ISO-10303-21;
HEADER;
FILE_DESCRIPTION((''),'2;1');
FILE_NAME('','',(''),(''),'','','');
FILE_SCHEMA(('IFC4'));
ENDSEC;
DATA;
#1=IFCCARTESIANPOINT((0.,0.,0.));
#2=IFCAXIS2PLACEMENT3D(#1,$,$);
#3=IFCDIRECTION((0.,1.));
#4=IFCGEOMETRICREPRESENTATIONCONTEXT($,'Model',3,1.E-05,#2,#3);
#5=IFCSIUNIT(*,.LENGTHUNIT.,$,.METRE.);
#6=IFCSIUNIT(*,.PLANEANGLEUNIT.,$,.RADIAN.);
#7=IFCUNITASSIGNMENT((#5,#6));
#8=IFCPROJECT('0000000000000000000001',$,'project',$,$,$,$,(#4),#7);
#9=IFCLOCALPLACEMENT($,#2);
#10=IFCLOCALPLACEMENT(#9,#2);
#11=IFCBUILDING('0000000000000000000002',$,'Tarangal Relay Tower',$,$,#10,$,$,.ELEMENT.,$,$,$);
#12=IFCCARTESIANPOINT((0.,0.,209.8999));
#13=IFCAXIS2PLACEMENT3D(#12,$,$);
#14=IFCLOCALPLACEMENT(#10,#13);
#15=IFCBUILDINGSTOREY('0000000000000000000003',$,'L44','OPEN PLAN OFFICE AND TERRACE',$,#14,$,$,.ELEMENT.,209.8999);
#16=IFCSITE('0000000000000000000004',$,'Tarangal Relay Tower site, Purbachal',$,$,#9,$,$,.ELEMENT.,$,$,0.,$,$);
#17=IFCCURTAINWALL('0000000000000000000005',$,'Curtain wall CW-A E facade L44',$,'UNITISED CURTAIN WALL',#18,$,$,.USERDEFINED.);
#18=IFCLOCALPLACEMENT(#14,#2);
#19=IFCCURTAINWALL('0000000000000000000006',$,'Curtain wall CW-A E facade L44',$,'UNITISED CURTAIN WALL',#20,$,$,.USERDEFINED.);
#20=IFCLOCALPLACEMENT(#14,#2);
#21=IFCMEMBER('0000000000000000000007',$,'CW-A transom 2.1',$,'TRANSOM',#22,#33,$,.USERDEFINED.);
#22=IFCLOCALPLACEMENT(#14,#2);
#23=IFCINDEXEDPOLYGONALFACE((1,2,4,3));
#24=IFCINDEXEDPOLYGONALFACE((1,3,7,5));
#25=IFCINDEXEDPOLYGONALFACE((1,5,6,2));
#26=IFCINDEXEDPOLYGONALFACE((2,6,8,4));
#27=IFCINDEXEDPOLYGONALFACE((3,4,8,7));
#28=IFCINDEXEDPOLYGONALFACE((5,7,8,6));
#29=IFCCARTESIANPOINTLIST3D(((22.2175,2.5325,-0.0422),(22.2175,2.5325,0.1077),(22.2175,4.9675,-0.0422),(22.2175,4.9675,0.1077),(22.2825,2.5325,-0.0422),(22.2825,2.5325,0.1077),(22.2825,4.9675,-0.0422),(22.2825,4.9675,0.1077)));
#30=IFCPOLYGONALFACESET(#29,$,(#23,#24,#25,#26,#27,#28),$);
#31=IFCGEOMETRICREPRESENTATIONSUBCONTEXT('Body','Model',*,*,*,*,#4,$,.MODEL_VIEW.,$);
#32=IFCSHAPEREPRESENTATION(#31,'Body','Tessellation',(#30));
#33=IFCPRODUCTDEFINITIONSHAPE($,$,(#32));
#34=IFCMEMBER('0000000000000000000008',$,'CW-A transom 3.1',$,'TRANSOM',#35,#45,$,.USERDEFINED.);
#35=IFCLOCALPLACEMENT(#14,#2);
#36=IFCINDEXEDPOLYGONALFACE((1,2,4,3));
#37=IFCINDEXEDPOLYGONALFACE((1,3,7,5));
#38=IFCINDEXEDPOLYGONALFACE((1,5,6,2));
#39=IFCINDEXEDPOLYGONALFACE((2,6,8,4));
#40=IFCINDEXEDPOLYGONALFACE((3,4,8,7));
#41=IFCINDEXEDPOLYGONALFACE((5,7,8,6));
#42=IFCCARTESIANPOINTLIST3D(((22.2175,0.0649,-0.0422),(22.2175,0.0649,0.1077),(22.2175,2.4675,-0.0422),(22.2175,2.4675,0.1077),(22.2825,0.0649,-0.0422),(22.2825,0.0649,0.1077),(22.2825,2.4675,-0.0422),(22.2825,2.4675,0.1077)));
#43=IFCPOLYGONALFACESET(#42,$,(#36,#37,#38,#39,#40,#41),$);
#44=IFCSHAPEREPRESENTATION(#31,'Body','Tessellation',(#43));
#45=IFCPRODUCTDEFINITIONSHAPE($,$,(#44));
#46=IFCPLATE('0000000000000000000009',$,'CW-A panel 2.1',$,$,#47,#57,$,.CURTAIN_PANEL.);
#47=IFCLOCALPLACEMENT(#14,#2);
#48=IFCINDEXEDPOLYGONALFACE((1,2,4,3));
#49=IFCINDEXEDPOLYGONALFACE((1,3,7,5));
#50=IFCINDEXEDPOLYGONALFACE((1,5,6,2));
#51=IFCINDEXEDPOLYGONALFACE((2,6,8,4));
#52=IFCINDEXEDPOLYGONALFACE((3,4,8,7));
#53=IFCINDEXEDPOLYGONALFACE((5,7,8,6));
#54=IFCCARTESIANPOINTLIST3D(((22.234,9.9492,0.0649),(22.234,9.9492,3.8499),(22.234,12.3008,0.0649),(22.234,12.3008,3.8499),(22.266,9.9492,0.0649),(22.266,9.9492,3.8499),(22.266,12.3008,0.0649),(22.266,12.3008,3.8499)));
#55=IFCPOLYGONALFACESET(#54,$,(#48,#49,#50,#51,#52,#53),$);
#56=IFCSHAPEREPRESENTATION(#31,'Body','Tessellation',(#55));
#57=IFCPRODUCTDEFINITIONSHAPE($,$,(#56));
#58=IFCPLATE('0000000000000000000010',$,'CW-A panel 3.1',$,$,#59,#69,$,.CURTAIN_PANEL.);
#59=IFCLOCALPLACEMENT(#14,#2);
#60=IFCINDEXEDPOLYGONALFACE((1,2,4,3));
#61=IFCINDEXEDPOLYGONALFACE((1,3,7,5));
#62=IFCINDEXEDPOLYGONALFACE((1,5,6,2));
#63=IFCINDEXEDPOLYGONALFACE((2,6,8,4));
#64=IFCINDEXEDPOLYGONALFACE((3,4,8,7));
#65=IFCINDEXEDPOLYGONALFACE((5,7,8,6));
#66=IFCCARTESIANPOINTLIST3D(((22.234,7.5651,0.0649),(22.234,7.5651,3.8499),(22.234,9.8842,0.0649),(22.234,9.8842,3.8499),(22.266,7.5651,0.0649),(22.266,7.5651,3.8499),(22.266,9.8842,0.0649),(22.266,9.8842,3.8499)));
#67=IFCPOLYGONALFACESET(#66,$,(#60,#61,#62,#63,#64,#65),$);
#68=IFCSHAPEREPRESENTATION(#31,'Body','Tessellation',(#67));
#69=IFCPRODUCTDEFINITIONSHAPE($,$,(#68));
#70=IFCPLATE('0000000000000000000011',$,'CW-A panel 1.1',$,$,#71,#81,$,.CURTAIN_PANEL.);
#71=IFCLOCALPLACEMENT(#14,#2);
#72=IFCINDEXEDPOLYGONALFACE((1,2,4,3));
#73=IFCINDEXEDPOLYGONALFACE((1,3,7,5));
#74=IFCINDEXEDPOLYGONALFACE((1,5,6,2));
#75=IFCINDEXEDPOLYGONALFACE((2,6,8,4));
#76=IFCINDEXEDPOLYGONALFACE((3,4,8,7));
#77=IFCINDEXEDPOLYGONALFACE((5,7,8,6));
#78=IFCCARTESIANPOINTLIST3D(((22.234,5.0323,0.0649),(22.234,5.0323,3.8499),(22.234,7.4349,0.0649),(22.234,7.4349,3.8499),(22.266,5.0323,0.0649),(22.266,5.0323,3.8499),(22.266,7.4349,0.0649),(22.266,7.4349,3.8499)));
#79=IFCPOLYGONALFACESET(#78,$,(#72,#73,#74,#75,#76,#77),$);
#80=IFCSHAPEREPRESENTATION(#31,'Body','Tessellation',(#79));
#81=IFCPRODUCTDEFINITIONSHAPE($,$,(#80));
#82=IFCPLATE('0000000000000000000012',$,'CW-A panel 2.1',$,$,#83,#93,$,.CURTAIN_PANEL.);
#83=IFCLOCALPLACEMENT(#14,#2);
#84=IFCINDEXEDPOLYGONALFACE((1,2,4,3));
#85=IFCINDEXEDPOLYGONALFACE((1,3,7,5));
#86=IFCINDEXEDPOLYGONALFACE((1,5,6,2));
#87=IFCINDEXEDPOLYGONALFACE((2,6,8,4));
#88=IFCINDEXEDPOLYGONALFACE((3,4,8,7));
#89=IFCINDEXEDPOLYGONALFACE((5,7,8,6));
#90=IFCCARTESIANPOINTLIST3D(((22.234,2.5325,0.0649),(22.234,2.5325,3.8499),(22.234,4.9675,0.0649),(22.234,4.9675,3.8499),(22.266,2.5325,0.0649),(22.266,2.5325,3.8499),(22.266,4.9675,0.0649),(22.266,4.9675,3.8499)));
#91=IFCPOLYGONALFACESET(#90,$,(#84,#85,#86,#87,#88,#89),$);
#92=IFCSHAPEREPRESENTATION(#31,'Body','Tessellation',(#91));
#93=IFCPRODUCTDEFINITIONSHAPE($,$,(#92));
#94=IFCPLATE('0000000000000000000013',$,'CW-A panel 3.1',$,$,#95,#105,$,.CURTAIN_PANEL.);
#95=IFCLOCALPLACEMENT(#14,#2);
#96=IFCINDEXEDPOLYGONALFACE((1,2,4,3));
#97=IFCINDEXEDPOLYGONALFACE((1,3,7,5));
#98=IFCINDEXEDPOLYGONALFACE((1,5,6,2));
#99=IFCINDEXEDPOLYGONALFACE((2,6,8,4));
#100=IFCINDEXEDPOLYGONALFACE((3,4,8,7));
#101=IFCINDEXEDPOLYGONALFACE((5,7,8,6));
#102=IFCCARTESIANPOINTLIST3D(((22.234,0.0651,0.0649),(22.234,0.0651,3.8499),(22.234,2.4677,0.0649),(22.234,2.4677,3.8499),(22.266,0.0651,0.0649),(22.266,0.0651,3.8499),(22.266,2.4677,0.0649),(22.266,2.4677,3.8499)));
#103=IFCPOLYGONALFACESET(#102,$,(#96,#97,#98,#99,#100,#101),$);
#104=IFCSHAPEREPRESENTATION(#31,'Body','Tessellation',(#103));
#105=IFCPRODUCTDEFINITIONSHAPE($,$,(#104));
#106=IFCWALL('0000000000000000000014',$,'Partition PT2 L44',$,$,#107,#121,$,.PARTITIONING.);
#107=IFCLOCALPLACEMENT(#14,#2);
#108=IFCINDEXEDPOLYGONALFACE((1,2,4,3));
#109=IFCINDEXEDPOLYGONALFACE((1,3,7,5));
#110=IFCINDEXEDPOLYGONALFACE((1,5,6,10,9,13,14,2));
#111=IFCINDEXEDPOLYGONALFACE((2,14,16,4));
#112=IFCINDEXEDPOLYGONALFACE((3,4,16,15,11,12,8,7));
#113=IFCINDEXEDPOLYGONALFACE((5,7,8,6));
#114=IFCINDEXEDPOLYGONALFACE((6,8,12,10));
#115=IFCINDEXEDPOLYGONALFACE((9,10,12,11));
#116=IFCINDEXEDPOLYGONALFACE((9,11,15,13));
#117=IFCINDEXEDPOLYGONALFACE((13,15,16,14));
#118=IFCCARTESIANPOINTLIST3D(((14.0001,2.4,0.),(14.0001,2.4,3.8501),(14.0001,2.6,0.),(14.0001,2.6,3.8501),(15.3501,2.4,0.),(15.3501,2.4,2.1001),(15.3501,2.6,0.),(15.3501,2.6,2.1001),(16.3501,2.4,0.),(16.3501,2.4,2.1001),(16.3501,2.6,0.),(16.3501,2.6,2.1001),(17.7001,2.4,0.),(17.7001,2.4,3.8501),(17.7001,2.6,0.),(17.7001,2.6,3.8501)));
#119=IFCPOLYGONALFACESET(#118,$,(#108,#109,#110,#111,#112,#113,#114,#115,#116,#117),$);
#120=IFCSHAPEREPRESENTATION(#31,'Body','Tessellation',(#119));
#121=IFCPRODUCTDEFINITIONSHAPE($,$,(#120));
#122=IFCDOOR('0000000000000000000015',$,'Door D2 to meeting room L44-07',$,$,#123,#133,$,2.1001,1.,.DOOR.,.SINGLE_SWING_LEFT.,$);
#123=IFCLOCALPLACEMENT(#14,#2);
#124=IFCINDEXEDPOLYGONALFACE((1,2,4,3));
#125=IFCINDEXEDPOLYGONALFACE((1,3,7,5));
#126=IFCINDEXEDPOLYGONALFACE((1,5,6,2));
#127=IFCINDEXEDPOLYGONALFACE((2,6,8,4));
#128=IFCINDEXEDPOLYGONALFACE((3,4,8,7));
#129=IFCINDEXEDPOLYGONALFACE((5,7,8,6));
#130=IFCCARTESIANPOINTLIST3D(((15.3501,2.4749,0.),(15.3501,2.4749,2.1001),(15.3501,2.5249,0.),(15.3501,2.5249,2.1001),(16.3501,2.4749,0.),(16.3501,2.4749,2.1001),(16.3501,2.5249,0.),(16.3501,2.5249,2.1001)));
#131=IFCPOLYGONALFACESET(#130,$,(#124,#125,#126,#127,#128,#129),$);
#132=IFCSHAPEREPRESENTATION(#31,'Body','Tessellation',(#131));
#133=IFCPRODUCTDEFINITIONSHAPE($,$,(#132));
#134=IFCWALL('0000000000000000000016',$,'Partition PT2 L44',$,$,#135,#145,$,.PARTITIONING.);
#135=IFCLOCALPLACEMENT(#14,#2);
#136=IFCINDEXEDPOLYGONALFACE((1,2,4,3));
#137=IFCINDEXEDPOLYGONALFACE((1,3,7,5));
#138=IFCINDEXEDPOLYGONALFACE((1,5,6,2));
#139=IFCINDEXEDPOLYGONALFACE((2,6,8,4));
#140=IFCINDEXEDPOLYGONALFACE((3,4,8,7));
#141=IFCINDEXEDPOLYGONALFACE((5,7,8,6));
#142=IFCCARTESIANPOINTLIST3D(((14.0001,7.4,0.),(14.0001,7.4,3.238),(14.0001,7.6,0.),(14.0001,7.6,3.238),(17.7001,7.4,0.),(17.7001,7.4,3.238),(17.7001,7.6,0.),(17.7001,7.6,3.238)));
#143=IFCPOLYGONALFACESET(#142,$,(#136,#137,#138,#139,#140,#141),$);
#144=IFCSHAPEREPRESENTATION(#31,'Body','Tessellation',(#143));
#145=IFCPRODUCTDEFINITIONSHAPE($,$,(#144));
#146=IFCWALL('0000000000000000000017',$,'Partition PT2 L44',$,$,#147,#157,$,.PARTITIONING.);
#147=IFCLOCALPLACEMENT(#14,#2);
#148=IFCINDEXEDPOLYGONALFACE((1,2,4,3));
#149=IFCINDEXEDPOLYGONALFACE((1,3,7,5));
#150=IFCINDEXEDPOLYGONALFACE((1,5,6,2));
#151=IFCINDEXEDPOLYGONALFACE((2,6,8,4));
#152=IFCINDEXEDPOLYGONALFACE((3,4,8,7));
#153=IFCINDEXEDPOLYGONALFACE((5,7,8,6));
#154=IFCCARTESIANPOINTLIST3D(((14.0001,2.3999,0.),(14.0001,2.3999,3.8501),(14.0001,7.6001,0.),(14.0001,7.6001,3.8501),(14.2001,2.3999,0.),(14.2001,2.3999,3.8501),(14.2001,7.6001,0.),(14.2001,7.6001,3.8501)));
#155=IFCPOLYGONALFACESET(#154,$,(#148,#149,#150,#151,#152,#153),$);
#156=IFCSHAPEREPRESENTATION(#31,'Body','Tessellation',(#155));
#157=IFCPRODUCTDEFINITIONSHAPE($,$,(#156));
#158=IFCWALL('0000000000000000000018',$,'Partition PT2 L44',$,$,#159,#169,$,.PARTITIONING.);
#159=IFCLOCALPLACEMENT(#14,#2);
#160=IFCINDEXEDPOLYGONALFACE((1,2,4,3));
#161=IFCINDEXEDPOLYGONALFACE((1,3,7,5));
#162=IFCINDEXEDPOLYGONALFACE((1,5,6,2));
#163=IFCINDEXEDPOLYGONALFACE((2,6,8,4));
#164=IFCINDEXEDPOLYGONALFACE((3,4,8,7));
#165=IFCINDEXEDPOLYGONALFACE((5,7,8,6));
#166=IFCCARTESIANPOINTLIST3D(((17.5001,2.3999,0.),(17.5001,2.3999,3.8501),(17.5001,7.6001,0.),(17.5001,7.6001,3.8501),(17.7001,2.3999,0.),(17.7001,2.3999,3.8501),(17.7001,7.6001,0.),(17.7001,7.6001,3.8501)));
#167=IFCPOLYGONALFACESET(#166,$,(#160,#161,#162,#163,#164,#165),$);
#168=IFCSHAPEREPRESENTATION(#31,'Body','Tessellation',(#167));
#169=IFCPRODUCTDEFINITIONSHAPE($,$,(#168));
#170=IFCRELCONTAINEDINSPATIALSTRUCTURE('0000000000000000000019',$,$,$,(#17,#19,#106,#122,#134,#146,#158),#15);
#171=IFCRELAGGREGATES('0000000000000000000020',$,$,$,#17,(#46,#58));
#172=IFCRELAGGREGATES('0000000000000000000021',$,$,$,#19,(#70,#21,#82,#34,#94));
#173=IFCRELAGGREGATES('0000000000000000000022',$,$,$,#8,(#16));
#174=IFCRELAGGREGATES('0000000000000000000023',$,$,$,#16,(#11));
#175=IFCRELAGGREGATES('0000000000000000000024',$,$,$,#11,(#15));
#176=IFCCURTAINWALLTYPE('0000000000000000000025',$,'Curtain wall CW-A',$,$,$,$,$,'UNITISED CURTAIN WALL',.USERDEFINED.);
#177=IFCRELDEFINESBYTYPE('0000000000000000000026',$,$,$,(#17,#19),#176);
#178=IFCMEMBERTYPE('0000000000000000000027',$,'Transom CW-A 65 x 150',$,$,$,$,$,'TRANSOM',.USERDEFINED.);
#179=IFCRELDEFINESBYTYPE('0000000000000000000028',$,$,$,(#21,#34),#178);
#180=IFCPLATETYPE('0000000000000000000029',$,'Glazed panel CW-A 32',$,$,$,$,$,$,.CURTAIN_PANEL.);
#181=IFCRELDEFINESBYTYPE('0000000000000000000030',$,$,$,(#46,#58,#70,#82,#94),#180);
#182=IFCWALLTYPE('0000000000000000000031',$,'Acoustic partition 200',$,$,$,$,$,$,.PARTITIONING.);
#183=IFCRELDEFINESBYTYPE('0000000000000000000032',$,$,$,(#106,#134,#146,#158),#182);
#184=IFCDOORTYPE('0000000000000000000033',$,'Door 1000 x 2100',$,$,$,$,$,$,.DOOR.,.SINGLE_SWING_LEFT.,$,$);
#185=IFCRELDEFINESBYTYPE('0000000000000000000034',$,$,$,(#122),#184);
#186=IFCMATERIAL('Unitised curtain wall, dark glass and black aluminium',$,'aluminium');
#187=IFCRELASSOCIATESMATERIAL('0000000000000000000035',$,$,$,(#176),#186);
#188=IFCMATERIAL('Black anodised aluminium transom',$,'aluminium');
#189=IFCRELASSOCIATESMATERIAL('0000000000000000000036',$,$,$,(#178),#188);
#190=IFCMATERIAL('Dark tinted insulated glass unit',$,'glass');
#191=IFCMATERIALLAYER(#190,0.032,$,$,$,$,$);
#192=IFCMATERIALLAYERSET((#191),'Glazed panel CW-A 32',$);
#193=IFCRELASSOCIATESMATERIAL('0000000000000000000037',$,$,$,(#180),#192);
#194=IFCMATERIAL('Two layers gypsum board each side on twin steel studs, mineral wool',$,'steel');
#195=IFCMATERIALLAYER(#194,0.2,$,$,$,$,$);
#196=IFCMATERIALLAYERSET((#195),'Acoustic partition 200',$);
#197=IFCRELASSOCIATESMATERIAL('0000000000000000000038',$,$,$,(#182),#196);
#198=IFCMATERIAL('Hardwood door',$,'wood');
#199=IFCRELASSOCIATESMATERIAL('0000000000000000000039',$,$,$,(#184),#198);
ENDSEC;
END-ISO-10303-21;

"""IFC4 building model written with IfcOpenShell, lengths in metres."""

from ifc_helpers import new_model, si_unit, direction, frame, frame_2d, origin, origin_2d, place, context, subcontext, project, spatial, rectangle, extrude, material, layer, layer_set, material_profile, profile_set, type_object, element, fill, aggregate, save


model = new_model("IFC4")

# Units and contexts
model_context = context("Model", 3, precision=1e-05, world=origin(), true_north=direction((0.0, 1.0)))
body_context = subcontext(model_context, "Body", "Model", "MODEL_VIEW")
ifc_project = project(units=[si_unit("LENGTHUNIT", "METRE"), si_unit("PLANEANGLEUNIT", "RADIAN")], contexts=[model_context])

# Site, building, storey
site_placement = place(None, origin())
site = spatial("IfcSite", under=ifc_project, at=site_placement, Name="Tarangal Relay Tower site, Purbachal", CompositionType="ELEMENT", RefElevation=0.0)
building_placement = place(site_placement, origin())
building = spatial("IfcBuilding", under=site, at=building_placement, Name="Tarangal Relay Tower", CompositionType="ELEMENT")
storey_placement = place(building_placement, frame((0.0, 0.0, 209.8999)))
storey = spatial("IfcBuildingStorey", under=building, at=storey_placement, Name="L44", Description="OPEN PLAN OFFICE AND TERRACE", CompositionType="ELEMENT", Elevation=209.8999)

# Curtain walls
ifc_material_1 = material(Name="Unitised curtain wall, dark glass and black aluminium", Category="aluminium")
curtain_wall_type = type_object("IfcCurtainWallType", Name="Curtain wall CW-A", ElementType="UNITISED CURTAIN WALL", PredefinedType="USERDEFINED", material=ifc_material_1)
curtain_wall_1_placement = place(storey_placement, origin())
curtain_wall_1 = element("IfcCurtainWall", 1, at=curtain_wall_1_placement, inside=storey, type_object=curtain_wall_type, Name="Curtain wall CW-A E facade L44", ObjectType="UNITISED CURTAIN WALL", PredefinedType="USERDEFINED")
curtain_wall_2_placement = place(storey_placement, origin())
curtain_wall_2 = element("IfcCurtainWall", 2, at=curtain_wall_2_placement, inside=storey, type_object=curtain_wall_type, Name="Curtain wall CW-A E facade L44", ObjectType="UNITISED CURTAIN WALL", PredefinedType="USERDEFINED")

# Members
ifc_material_2 = material(Name="Black anodised aluminium transom", Category="aluminium")
ifc_material_profile_1 = material_profile(ifc_material_2, rectangle(XDim=0.0649, YDim=0.1499, at=origin_2d()), Name="CW-AT 65X150")
ifc_profile_set_1 = profile_set([ifc_material_profile_1], Name="Black anodised aluminium transom")
member_type_1 = type_object("IfcMemberType", Name="Transom CW-A 65 x 150", ElementType="TRANSOM", PredefinedType="USERDEFINED", material=ifc_profile_set_1)
member_1_placement = place(storey_placement, frame((22.25, 4.9675, 0.0327), z_axis=(0.0, -1.0, 0.0), x_axis=(1.0, 0.0, 0.0)))
member_1 = element("IfcMember", 3, at=member_1_placement, type_object=member_type_1, Name="CW-A transom 2.1", ObjectType="TRANSOM", PredefinedType="USERDEFINED", context=body_context, shape_type="SweptSolid", body=[
    extrude(rectangle(XDim=0.0649, YDim=0.1499, at=origin_2d()), origin(), (0.0, 0.0, 1.0), 2.4351),
])
member_2_placement = place(storey_placement, frame((22.25, 2.4675, 0.0327), z_axis=(0.0, -1.0, 0.0), x_axis=(1.0, 0.0, 0.0)))
member_2 = element("IfcMember", 4, at=member_2_placement, type_object=member_type_1, Name="CW-A transom 3.1", ObjectType="TRANSOM", PredefinedType="USERDEFINED", context=body_context, shape_type="SweptSolid", body=[
    extrude(rectangle(XDim=0.0649, YDim=0.1499, at=origin_2d()), origin(), (0.0, 0.0, 1.0), 2.4026),
])

# Plates
ifc_material_3 = material(Name="Dark tinted insulated glass unit", Category="glass")
ifc_layer_1 = layer(ifc_material_3, 0.032)
ifc_layer_set_1 = layer_set([ifc_layer_1], Name="Glazed panel CW-A 32")
plate_type = type_object("IfcPlateType", Name="Glazed panel CW-A 32", PredefinedType="CURTAIN_PANEL", material=ifc_layer_set_1)
plate_1_placement = place(storey_placement, frame((22.25, 11.125, 0.0649), z_axis=(0.0, 0.0, 1.0), x_axis=(0.0, -1.0, 0.0)))
plate_1 = element("IfcPlate", 5, at=plate_1_placement, type_object=plate_type, Name="CW-A panel 2.1", PredefinedType="CURTAIN_PANEL", context=body_context, shape_type="SweptSolid", body=[
    extrude(rectangle(XDim=2.3516, YDim=0.032, at=origin_2d()), origin(), (0.0, 0.0, 1.0), 3.7849),
])
plate_2_placement = place(storey_placement, frame((22.25, 8.7246, 0.0649), z_axis=(0.0, 0.0, 1.0), x_axis=(0.0, -1.0, 0.0)))
plate_2 = element("IfcPlate", 6, at=plate_2_placement, type_object=plate_type, Name="CW-A panel 3.1", PredefinedType="CURTAIN_PANEL", context=body_context, shape_type="SweptSolid", body=[
    extrude(rectangle(XDim=2.3191, YDim=0.032, at=origin_2d()), origin(), (0.0, 0.0, 1.0), 3.7849),
])
aggregate(curtain_wall_1, [plate_1, plate_2])
plate_3_placement = place(storey_placement, frame((22.25, 6.2336, 0.0649), z_axis=(0.0, 0.0, 1.0), x_axis=(0.0, -1.0, 0.0)))
plate_3 = element("IfcPlate", 7, at=plate_3_placement, type_object=plate_type, Name="CW-A panel 1.1", PredefinedType="CURTAIN_PANEL", context=body_context, shape_type="SweptSolid", body=[
    extrude(rectangle(XDim=2.4026, YDim=0.032, at=origin_2d()), origin(), (0.0, 0.0, 1.0), 3.7849),
])
plate_4_placement = place(storey_placement, frame((22.25, 3.75, 0.0649), z_axis=(0.0, 0.0, 1.0), x_axis=(0.0, -1.0, 0.0)))
plate_4 = element("IfcPlate", 8, at=plate_4_placement, type_object=plate_type, Name="CW-A panel 2.1", PredefinedType="CURTAIN_PANEL", context=body_context, shape_type="SweptSolid", body=[
    extrude(rectangle(XDim=2.4351, YDim=0.032, at=origin_2d()), origin(), (0.0, 0.0, 1.0), 3.7849),
])
plate_5_placement = place(storey_placement, frame((22.25, 1.2664, 0.0649), z_axis=(0.0, 0.0, 1.0), x_axis=(0.0, -1.0, 0.0)))
plate_5 = element("IfcPlate", 9, at=plate_5_placement, type_object=plate_type, Name="CW-A panel 3.1", PredefinedType="CURTAIN_PANEL", context=body_context, shape_type="SweptSolid", body=[
    extrude(rectangle(XDim=2.4026, YDim=0.032, at=origin_2d()), origin(), (0.0, 0.0, 1.0), 3.7849),
])
aggregate(curtain_wall_2, [plate_3, member_1, plate_4, member_2, plate_5])

# Wall, opening, door
ifc_material_4 = material(Name="Two layers gypsum board each side on twin steel studs, mineral wool", Category="steel")
ifc_layer_2 = layer(ifc_material_4, 0.2)
ifc_layer_set_2 = layer_set([ifc_layer_2], Name="Acoustic partition 200")
wall_type_1 = type_object("IfcWallType", Name="Acoustic partition 200", PredefinedType="PARTITIONING", material=ifc_layer_set_2)
wall_1_placement = place(storey_placement, frame((14.0, 2.5, 0.0), z_axis=(0.0, 0.0, 1.0), x_axis=(1.0, 0.0, 0.0)))
wall_1 = element("IfcWall", 10, at=wall_1_placement, inside=storey, type_object=wall_type_1, Name="Partition PT2 L44", PredefinedType="PARTITIONING", context=body_context, shape_type="SweptSolid", body=[
    extrude(rectangle(XDim=3.7, YDim=0.2, at=frame_2d((1.8501, 0.0))), origin(), (0.0, 0.0, 1.0), 3.8501),
])
opening_1_placement = place(wall_1_placement, frame((1.3501, 0.0, 0.0)))
opening_1 = element("IfcOpeningElement", 11, at=opening_1_placement, cuts=wall_1, PredefinedType="OPENING", context=body_context, shape_type="SweptSolid", body=[
    extrude(rectangle(XDim=1.0, YDim=2.1001, at=frame_2d((0.5, 1.05))), frame((0.0, 0.1099, 0.0), z_axis=(0.0, -1.0, 0.0), x_axis=(1.0, 0.0, 0.0)), (0.0, 0.0, 1.0), 0.22),
])
ifc_material_5 = material(Name="Hardwood door", Category="wood")
door_type = type_object("IfcDoorType", Name="Door 1000 x 2100", OperationType="SINGLE_SWING_LEFT", PredefinedType="DOOR", material=ifc_material_5)
door_1_placement = place(opening_1_placement, origin())
door_1 = element("IfcDoor", 12, at=door_1_placement, inside=storey, type_object=door_type, Name="Door D2 to meeting room L44-07", OperationType="SINGLE_SWING_LEFT", OverallHeight=2.1001, OverallWidth=1.0, PredefinedType="DOOR", context=body_context, shape_type="SweptSolid", body=[
    extrude(rectangle(XDim=1.0, YDim=2.1001, at=frame_2d((0.5, 1.05))), frame((0.0, 0.0249, 0.0), z_axis=(0.0, -1.0, 0.0), x_axis=(1.0, 0.0, 0.0)), (0.0, 0.0, 1.0), 0.05),
])
fill(opening_1, door_1)

# Walls
wall_2_placement = place(storey_placement, frame((14.0, 7.5, 0.0), z_axis=(0.0, 0.0, 1.0), x_axis=(1.0, 0.0, 0.0)))
element("IfcWall", 13, at=wall_2_placement, inside=storey, type_object=wall_type_1, Name="Partition PT2 L44", PredefinedType="PARTITIONING", context=body_context, shape_type="SweptSolid", body=[
    extrude(rectangle(XDim=3.7, YDim=0.2, at=frame_2d((1.8501, 0.0))), origin(), (0.0, 0.0, 1.0), 3.238),
])
for number, where, z_axis, x_axis, name in (
    (14, (14.1001, 2.3999, 0.0), (0.0, 0.0, 1.0), (0.0, 1.0, 0.0), "Partition PT2 L44"),
    (15, (17.6001, 2.3999, 0.0), (0.0, 0.0, 1.0), (0.0, 1.0, 0.0), "Partition PT2 L44"),
):
    element("IfcWall", number, at=place(storey_placement, frame(where, z_axis=z_axis, x_axis=x_axis)), inside=storey, type_object=wall_type_1, Name=name, PredefinedType="PARTITIONING", context=body_context, shape_type="SweptSolid", body=[
        extrude(rectangle(XDim=5.2002, YDim=0.2, at=frame_2d((2.6001, 0.0))), origin(), (0.0, 0.0, 1.0), 3.8501),
    ])

save(model, "model.ifc")
